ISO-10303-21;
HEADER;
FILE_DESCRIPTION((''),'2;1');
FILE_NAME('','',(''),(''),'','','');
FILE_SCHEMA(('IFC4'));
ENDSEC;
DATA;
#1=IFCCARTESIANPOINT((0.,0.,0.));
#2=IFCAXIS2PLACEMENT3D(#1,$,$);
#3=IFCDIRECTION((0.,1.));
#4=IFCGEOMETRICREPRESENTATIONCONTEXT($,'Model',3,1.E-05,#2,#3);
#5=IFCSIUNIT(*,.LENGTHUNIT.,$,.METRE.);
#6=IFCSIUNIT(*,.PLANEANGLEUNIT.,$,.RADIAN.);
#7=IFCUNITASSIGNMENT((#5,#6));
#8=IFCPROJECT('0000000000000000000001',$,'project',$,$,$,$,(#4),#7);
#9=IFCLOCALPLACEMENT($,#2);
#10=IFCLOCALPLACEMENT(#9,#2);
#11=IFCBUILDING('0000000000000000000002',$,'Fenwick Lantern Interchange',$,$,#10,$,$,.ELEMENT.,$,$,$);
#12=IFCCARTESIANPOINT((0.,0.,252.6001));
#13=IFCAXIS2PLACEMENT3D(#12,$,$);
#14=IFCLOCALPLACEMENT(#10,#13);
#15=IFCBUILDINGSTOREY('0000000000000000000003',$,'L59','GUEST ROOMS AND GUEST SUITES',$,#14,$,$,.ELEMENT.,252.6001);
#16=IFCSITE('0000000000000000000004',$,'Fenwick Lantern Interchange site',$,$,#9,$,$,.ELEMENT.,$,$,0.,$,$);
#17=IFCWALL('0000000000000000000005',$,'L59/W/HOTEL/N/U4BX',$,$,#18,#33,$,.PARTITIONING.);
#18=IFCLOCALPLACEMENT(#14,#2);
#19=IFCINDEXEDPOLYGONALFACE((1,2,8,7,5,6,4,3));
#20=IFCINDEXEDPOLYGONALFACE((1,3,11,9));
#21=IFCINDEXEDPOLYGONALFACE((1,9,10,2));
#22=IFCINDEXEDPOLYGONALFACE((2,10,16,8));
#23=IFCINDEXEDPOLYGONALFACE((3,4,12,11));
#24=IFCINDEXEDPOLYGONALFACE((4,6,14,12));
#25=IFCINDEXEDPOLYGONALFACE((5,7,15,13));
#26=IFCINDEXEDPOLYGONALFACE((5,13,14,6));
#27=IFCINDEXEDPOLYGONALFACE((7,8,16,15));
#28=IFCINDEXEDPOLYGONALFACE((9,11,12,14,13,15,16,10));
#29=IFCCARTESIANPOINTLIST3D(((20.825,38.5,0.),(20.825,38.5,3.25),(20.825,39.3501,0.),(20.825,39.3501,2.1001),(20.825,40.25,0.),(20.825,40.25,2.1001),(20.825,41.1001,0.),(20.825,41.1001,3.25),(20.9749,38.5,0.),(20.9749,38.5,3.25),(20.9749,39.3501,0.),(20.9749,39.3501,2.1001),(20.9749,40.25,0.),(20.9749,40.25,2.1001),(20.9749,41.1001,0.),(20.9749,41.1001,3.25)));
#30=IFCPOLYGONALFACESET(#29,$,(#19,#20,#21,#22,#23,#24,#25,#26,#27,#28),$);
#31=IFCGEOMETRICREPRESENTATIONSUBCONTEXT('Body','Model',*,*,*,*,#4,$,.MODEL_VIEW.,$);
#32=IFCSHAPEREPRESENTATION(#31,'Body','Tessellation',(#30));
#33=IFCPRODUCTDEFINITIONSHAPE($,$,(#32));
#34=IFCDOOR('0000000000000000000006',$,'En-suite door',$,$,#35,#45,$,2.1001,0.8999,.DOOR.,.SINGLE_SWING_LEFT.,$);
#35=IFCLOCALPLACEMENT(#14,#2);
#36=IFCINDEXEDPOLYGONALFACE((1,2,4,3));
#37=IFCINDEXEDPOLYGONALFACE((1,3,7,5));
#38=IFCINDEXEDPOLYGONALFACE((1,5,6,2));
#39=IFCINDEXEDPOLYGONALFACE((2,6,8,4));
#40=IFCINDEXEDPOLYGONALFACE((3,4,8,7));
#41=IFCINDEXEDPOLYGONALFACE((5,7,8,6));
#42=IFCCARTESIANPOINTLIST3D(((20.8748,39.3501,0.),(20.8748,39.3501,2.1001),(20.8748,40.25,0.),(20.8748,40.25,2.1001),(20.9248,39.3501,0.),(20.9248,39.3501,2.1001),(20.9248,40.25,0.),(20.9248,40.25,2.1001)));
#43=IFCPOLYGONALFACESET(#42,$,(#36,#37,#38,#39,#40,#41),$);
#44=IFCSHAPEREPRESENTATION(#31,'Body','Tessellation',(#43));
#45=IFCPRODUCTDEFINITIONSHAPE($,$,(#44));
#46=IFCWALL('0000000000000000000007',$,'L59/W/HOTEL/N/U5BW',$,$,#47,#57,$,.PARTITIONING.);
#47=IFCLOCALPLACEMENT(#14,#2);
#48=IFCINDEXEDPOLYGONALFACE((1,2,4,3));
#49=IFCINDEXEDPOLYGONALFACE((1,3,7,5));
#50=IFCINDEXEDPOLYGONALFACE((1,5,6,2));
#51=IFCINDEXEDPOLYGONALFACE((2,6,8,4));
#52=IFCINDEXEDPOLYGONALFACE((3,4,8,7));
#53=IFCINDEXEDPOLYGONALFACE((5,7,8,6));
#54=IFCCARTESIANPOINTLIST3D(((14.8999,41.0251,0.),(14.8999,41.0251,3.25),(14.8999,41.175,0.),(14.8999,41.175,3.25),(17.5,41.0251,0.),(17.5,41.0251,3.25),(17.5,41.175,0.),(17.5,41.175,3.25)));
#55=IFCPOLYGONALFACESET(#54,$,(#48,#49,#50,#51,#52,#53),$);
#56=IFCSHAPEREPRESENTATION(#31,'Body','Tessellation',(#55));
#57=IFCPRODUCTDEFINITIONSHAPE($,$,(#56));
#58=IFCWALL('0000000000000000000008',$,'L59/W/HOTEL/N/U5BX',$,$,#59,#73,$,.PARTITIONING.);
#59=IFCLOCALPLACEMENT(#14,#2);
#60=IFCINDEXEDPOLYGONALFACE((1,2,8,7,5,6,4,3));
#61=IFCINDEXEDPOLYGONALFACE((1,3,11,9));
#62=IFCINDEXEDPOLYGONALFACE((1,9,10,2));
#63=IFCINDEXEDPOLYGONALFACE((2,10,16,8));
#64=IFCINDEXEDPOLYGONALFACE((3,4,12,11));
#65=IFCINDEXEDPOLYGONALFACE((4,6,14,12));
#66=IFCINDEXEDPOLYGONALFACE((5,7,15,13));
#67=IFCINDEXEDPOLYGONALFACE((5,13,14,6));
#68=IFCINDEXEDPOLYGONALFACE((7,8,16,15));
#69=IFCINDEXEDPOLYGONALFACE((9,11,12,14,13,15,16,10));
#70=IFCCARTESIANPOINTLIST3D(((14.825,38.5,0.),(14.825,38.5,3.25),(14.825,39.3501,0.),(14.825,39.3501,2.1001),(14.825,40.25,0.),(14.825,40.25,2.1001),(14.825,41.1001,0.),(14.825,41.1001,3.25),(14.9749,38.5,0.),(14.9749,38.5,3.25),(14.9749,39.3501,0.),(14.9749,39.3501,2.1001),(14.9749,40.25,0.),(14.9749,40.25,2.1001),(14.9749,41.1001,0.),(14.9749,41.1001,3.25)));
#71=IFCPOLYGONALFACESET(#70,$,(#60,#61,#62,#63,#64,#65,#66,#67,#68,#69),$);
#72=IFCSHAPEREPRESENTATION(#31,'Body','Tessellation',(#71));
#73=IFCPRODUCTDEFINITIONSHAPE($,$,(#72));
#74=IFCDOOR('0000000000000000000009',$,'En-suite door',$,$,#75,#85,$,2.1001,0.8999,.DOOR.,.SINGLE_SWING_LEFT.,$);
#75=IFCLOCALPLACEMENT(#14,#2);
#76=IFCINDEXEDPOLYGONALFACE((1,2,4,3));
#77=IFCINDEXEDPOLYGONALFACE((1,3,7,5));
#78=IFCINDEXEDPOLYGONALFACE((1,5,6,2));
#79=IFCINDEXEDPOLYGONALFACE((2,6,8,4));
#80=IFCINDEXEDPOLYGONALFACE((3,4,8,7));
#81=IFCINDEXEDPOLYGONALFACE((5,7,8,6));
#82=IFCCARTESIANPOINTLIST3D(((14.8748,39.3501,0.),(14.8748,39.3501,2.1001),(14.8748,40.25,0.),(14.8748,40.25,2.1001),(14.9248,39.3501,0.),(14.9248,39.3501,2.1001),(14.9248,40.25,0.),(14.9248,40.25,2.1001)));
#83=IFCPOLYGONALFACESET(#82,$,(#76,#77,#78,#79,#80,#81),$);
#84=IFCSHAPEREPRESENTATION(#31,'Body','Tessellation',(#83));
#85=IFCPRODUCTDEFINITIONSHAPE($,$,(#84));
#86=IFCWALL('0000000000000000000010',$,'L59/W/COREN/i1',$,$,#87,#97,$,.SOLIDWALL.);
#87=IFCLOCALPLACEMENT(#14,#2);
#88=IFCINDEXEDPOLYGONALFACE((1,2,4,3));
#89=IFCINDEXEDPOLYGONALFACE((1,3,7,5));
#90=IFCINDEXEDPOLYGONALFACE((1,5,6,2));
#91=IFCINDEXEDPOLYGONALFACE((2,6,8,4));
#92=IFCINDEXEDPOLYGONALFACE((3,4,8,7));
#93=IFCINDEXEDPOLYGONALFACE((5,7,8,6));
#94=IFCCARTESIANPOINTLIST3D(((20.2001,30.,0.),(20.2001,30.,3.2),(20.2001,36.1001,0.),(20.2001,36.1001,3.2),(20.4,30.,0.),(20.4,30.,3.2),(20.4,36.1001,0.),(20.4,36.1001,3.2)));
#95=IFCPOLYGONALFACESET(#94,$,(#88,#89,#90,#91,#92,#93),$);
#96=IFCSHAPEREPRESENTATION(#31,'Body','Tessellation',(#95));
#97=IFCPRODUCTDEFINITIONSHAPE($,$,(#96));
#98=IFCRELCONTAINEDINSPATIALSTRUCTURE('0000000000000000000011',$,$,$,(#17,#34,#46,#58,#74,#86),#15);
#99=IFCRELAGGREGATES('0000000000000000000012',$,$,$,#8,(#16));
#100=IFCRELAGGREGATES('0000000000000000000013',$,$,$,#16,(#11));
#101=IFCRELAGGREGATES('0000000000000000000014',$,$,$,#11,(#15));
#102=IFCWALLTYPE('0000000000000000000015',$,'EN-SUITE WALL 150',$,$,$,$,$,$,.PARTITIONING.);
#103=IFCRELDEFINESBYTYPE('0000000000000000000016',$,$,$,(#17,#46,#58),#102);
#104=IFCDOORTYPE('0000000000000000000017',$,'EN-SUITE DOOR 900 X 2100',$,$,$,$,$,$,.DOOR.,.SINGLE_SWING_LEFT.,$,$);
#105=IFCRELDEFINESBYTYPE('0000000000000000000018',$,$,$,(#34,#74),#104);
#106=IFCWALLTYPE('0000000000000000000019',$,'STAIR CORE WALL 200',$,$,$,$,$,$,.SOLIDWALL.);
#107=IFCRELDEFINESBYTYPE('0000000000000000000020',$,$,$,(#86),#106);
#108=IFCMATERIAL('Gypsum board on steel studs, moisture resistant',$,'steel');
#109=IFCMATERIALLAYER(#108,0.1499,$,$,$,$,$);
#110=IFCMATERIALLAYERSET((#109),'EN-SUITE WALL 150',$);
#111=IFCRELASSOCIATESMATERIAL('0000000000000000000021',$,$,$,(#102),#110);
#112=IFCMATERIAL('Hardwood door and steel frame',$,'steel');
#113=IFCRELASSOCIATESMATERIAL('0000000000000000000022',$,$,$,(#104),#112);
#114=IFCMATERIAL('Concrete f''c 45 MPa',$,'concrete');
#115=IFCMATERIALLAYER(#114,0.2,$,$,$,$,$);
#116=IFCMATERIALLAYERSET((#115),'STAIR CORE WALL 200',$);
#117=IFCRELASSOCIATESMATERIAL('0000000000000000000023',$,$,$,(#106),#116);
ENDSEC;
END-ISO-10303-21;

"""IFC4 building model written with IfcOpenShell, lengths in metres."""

from ifc_helpers import new_model, si_unit, direction, frame, frame_2d, origin, place, context, subcontext, project, spatial, rectangle, extrude, material, layer, layer_set, type_object, element, fill, save


model = new_model("IFC4")

# Units and contexts
model_context = context("Model", 3, precision=1e-05, world=origin(), true_north=direction((0.0, 1.0)))
body_context = subcontext(model_context, "Body", "Model", "MODEL_VIEW")
ifc_project = project(units=[si_unit("LENGTHUNIT", "METRE"), si_unit("PLANEANGLEUNIT", "RADIAN")], contexts=[model_context])

# Site, building, storey
site_placement = place(None, origin())
site = spatial("IfcSite", under=ifc_project, at=site_placement, Name="Fenwick Lantern Interchange site", CompositionType="ELEMENT", RefElevation=0.0)
building_placement = place(site_placement, origin())
building = spatial("IfcBuilding", under=site, at=building_placement, Name="Fenwick Lantern Interchange", CompositionType="ELEMENT")
storey_placement = place(building_placement, frame((0.0, 0.0, 252.6001)))
storey = spatial("IfcBuildingStorey", under=building, at=storey_placement, Name="L59", Description="GUEST ROOMS AND GUEST SUITES", CompositionType="ELEMENT", Elevation=252.6001)

# Shared definitions
ifc_material_1 = material(Name="Hardwood door and steel frame", Category="steel")

# Shared definitions
ifc_material_2 = material(Name="Gypsum board on steel studs, moisture resistant", Category="steel")
ifc_layer_1 = layer(ifc_material_2, 0.1499)
ifc_layer_set_1 = layer_set([ifc_layer_1], Name="EN-SUITE WALL 150")
wall_type_1 = type_object("IfcWallType", Name="EN-SUITE WALL 150", PredefinedType="PARTITIONING", material=ifc_layer_set_1)

# Wall, opening, door
wall_1_placement = place(storey_placement, frame((20.8999, 41.1001, 0.0), z_axis=(0.0, 0.0, 1.0), x_axis=(0.0, -1.0, 0.0)))
wall_1 = element("IfcWall", 1, at=wall_1_placement, inside=storey, type_object=wall_type_1, Name="L59/W/HOTEL/N/U4BX", PredefinedType="PARTITIONING", context=body_context, shape_type="SweptSolid", body=[
    extrude(rectangle(XDim=2.6001, YDim=0.1499, at=frame_2d((1.3, 0.0))), origin(), (0.0, 0.0, 1.0), 3.25),
])
opening_1_placement = place(wall_1_placement, frame((0.8501, 0.0, 0.0)))
opening_1 = element("IfcOpeningElement", 2, at=opening_1_placement, cuts=wall_1, PredefinedType="OPENING", context=body_context, shape_type="SweptSolid", body=[
    extrude(rectangle(XDim=0.8999, YDim=2.1001, at=frame_2d((0.45, 1.05))), frame((0.0, 0.085, 0.0), z_axis=(0.0, -1.0, 0.0), x_axis=(1.0, 0.0, 0.0)), (0.0, 0.0, 1.0), 0.1699),
])
door_type_1 = type_object("IfcDoorType", Name="EN-SUITE DOOR 900 X 2100", OperationType="SINGLE_SWING_LEFT", PredefinedType="DOOR", material=ifc_material_1)
door_1_placement = place(opening_1_placement, origin())
door_1 = element("IfcDoor", 3, at=door_1_placement, inside=storey, type_object=door_type_1, Name="En-suite door", OperationType="SINGLE_SWING_LEFT", OverallHeight=2.1001, OverallWidth=0.8999, PredefinedType="DOOR", context=body_context, shape_type="SweptSolid", body=[
    extrude(rectangle(XDim=0.8999, YDim=2.1001, at=frame_2d((0.45, 1.05))), frame((0.0, 0.0249, 0.0), z_axis=(0.0, -1.0, 0.0), x_axis=(1.0, 0.0, 0.0)), (0.0, 0.0, 1.0), 0.05),
])
fill(opening_1, door_1)

# Wall
wall_2_placement = place(storey_placement, frame((17.5, 41.1001, 0.0), z_axis=(0.0, 0.0, 1.0), x_axis=(-1.0, 0.0, 0.0)))
element("IfcWall", 4, at=wall_2_placement, inside=storey, type_object=wall_type_1, Name="L59/W/HOTEL/N/U5BW", PredefinedType="PARTITIONING", context=body_context, shape_type="SweptSolid", body=[
    extrude(rectangle(XDim=2.6001, YDim=0.1499, at=frame_2d((1.3, 0.0))), origin(), (0.0, 0.0, 1.0), 3.25),
])

# Wall, opening, door
wall_3_placement = place(storey_placement, frame((14.8999, 41.1001, 0.0), z_axis=(0.0, 0.0, 1.0), x_axis=(0.0, -1.0, 0.0)))
wall_3 = element("IfcWall", 5, at=wall_3_placement, inside=storey, type_object=wall_type_1, Name="L59/W/HOTEL/N/U5BX", PredefinedType="PARTITIONING", context=body_context, shape_type="SweptSolid", body=[
    extrude(rectangle(XDim=2.6001, YDim=0.1499, at=frame_2d((1.3, 0.0))), origin(), (0.0, 0.0, 1.0), 3.25),
])
opening_2_placement = place(wall_3_placement, frame((0.8501, 0.0, 0.0)))
opening_2 = element("IfcOpeningElement", 6, at=opening_2_placement, cuts=wall_3, PredefinedType="OPENING", context=body_context, shape_type="SweptSolid", body=[
    extrude(rectangle(XDim=0.8999, YDim=2.1001, at=frame_2d((0.45, 1.05))), frame((0.0, 0.085, 0.0), z_axis=(0.0, -1.0, 0.0), x_axis=(1.0, 0.0, 0.0)), (0.0, 0.0, 1.0), 0.1699),
])
door_2_placement = place(opening_2_placement, origin())
door_2 = element("IfcDoor", 7, at=door_2_placement, inside=storey, type_object=door_type_1, Name="En-suite door", OperationType="SINGLE_SWING_LEFT", OverallHeight=2.1001, OverallWidth=0.8999, PredefinedType="DOOR", context=body_context, shape_type="SweptSolid", body=[
    extrude(rectangle(XDim=0.8999, YDim=2.1001, at=frame_2d((0.45, 1.05))), frame((0.0, 0.0249, 0.0), z_axis=(0.0, -1.0, 0.0), x_axis=(1.0, 0.0, 0.0)), (0.0, 0.0, 1.0), 0.05),
])
fill(opening_2, door_2)

# Wall
ifc_material_3 = material(Name="Concrete f'c 45 MPa", Category="concrete")
ifc_layer_2 = layer(ifc_material_3, 0.2)
ifc_layer_set_2 = layer_set([ifc_layer_2], Name="STAIR CORE WALL 200")
wall_type_2 = type_object("IfcWallType", Name="STAIR CORE WALL 200", PredefinedType="SOLIDWALL", material=ifc_layer_set_2)
wall_4_placement = place(storey_placement, frame((20.3, 36.1001, 0.0), z_axis=(0.0, 0.0, 1.0), x_axis=(0.0, -1.0, 0.0)))
element("IfcWall", 8, at=wall_4_placement, inside=storey, type_object=wall_type_2, Name="L59/W/COREN/i1", PredefinedType="SOLIDWALL", context=body_context, shape_type="SweptSolid", body=[
    extrude(rectangle(XDim=6.1001, YDim=0.2, at=frame_2d((3.05, 0.0))), origin(), (0.0, 0.0, 1.0), 3.2),
])

save(model, "model.ifc")
